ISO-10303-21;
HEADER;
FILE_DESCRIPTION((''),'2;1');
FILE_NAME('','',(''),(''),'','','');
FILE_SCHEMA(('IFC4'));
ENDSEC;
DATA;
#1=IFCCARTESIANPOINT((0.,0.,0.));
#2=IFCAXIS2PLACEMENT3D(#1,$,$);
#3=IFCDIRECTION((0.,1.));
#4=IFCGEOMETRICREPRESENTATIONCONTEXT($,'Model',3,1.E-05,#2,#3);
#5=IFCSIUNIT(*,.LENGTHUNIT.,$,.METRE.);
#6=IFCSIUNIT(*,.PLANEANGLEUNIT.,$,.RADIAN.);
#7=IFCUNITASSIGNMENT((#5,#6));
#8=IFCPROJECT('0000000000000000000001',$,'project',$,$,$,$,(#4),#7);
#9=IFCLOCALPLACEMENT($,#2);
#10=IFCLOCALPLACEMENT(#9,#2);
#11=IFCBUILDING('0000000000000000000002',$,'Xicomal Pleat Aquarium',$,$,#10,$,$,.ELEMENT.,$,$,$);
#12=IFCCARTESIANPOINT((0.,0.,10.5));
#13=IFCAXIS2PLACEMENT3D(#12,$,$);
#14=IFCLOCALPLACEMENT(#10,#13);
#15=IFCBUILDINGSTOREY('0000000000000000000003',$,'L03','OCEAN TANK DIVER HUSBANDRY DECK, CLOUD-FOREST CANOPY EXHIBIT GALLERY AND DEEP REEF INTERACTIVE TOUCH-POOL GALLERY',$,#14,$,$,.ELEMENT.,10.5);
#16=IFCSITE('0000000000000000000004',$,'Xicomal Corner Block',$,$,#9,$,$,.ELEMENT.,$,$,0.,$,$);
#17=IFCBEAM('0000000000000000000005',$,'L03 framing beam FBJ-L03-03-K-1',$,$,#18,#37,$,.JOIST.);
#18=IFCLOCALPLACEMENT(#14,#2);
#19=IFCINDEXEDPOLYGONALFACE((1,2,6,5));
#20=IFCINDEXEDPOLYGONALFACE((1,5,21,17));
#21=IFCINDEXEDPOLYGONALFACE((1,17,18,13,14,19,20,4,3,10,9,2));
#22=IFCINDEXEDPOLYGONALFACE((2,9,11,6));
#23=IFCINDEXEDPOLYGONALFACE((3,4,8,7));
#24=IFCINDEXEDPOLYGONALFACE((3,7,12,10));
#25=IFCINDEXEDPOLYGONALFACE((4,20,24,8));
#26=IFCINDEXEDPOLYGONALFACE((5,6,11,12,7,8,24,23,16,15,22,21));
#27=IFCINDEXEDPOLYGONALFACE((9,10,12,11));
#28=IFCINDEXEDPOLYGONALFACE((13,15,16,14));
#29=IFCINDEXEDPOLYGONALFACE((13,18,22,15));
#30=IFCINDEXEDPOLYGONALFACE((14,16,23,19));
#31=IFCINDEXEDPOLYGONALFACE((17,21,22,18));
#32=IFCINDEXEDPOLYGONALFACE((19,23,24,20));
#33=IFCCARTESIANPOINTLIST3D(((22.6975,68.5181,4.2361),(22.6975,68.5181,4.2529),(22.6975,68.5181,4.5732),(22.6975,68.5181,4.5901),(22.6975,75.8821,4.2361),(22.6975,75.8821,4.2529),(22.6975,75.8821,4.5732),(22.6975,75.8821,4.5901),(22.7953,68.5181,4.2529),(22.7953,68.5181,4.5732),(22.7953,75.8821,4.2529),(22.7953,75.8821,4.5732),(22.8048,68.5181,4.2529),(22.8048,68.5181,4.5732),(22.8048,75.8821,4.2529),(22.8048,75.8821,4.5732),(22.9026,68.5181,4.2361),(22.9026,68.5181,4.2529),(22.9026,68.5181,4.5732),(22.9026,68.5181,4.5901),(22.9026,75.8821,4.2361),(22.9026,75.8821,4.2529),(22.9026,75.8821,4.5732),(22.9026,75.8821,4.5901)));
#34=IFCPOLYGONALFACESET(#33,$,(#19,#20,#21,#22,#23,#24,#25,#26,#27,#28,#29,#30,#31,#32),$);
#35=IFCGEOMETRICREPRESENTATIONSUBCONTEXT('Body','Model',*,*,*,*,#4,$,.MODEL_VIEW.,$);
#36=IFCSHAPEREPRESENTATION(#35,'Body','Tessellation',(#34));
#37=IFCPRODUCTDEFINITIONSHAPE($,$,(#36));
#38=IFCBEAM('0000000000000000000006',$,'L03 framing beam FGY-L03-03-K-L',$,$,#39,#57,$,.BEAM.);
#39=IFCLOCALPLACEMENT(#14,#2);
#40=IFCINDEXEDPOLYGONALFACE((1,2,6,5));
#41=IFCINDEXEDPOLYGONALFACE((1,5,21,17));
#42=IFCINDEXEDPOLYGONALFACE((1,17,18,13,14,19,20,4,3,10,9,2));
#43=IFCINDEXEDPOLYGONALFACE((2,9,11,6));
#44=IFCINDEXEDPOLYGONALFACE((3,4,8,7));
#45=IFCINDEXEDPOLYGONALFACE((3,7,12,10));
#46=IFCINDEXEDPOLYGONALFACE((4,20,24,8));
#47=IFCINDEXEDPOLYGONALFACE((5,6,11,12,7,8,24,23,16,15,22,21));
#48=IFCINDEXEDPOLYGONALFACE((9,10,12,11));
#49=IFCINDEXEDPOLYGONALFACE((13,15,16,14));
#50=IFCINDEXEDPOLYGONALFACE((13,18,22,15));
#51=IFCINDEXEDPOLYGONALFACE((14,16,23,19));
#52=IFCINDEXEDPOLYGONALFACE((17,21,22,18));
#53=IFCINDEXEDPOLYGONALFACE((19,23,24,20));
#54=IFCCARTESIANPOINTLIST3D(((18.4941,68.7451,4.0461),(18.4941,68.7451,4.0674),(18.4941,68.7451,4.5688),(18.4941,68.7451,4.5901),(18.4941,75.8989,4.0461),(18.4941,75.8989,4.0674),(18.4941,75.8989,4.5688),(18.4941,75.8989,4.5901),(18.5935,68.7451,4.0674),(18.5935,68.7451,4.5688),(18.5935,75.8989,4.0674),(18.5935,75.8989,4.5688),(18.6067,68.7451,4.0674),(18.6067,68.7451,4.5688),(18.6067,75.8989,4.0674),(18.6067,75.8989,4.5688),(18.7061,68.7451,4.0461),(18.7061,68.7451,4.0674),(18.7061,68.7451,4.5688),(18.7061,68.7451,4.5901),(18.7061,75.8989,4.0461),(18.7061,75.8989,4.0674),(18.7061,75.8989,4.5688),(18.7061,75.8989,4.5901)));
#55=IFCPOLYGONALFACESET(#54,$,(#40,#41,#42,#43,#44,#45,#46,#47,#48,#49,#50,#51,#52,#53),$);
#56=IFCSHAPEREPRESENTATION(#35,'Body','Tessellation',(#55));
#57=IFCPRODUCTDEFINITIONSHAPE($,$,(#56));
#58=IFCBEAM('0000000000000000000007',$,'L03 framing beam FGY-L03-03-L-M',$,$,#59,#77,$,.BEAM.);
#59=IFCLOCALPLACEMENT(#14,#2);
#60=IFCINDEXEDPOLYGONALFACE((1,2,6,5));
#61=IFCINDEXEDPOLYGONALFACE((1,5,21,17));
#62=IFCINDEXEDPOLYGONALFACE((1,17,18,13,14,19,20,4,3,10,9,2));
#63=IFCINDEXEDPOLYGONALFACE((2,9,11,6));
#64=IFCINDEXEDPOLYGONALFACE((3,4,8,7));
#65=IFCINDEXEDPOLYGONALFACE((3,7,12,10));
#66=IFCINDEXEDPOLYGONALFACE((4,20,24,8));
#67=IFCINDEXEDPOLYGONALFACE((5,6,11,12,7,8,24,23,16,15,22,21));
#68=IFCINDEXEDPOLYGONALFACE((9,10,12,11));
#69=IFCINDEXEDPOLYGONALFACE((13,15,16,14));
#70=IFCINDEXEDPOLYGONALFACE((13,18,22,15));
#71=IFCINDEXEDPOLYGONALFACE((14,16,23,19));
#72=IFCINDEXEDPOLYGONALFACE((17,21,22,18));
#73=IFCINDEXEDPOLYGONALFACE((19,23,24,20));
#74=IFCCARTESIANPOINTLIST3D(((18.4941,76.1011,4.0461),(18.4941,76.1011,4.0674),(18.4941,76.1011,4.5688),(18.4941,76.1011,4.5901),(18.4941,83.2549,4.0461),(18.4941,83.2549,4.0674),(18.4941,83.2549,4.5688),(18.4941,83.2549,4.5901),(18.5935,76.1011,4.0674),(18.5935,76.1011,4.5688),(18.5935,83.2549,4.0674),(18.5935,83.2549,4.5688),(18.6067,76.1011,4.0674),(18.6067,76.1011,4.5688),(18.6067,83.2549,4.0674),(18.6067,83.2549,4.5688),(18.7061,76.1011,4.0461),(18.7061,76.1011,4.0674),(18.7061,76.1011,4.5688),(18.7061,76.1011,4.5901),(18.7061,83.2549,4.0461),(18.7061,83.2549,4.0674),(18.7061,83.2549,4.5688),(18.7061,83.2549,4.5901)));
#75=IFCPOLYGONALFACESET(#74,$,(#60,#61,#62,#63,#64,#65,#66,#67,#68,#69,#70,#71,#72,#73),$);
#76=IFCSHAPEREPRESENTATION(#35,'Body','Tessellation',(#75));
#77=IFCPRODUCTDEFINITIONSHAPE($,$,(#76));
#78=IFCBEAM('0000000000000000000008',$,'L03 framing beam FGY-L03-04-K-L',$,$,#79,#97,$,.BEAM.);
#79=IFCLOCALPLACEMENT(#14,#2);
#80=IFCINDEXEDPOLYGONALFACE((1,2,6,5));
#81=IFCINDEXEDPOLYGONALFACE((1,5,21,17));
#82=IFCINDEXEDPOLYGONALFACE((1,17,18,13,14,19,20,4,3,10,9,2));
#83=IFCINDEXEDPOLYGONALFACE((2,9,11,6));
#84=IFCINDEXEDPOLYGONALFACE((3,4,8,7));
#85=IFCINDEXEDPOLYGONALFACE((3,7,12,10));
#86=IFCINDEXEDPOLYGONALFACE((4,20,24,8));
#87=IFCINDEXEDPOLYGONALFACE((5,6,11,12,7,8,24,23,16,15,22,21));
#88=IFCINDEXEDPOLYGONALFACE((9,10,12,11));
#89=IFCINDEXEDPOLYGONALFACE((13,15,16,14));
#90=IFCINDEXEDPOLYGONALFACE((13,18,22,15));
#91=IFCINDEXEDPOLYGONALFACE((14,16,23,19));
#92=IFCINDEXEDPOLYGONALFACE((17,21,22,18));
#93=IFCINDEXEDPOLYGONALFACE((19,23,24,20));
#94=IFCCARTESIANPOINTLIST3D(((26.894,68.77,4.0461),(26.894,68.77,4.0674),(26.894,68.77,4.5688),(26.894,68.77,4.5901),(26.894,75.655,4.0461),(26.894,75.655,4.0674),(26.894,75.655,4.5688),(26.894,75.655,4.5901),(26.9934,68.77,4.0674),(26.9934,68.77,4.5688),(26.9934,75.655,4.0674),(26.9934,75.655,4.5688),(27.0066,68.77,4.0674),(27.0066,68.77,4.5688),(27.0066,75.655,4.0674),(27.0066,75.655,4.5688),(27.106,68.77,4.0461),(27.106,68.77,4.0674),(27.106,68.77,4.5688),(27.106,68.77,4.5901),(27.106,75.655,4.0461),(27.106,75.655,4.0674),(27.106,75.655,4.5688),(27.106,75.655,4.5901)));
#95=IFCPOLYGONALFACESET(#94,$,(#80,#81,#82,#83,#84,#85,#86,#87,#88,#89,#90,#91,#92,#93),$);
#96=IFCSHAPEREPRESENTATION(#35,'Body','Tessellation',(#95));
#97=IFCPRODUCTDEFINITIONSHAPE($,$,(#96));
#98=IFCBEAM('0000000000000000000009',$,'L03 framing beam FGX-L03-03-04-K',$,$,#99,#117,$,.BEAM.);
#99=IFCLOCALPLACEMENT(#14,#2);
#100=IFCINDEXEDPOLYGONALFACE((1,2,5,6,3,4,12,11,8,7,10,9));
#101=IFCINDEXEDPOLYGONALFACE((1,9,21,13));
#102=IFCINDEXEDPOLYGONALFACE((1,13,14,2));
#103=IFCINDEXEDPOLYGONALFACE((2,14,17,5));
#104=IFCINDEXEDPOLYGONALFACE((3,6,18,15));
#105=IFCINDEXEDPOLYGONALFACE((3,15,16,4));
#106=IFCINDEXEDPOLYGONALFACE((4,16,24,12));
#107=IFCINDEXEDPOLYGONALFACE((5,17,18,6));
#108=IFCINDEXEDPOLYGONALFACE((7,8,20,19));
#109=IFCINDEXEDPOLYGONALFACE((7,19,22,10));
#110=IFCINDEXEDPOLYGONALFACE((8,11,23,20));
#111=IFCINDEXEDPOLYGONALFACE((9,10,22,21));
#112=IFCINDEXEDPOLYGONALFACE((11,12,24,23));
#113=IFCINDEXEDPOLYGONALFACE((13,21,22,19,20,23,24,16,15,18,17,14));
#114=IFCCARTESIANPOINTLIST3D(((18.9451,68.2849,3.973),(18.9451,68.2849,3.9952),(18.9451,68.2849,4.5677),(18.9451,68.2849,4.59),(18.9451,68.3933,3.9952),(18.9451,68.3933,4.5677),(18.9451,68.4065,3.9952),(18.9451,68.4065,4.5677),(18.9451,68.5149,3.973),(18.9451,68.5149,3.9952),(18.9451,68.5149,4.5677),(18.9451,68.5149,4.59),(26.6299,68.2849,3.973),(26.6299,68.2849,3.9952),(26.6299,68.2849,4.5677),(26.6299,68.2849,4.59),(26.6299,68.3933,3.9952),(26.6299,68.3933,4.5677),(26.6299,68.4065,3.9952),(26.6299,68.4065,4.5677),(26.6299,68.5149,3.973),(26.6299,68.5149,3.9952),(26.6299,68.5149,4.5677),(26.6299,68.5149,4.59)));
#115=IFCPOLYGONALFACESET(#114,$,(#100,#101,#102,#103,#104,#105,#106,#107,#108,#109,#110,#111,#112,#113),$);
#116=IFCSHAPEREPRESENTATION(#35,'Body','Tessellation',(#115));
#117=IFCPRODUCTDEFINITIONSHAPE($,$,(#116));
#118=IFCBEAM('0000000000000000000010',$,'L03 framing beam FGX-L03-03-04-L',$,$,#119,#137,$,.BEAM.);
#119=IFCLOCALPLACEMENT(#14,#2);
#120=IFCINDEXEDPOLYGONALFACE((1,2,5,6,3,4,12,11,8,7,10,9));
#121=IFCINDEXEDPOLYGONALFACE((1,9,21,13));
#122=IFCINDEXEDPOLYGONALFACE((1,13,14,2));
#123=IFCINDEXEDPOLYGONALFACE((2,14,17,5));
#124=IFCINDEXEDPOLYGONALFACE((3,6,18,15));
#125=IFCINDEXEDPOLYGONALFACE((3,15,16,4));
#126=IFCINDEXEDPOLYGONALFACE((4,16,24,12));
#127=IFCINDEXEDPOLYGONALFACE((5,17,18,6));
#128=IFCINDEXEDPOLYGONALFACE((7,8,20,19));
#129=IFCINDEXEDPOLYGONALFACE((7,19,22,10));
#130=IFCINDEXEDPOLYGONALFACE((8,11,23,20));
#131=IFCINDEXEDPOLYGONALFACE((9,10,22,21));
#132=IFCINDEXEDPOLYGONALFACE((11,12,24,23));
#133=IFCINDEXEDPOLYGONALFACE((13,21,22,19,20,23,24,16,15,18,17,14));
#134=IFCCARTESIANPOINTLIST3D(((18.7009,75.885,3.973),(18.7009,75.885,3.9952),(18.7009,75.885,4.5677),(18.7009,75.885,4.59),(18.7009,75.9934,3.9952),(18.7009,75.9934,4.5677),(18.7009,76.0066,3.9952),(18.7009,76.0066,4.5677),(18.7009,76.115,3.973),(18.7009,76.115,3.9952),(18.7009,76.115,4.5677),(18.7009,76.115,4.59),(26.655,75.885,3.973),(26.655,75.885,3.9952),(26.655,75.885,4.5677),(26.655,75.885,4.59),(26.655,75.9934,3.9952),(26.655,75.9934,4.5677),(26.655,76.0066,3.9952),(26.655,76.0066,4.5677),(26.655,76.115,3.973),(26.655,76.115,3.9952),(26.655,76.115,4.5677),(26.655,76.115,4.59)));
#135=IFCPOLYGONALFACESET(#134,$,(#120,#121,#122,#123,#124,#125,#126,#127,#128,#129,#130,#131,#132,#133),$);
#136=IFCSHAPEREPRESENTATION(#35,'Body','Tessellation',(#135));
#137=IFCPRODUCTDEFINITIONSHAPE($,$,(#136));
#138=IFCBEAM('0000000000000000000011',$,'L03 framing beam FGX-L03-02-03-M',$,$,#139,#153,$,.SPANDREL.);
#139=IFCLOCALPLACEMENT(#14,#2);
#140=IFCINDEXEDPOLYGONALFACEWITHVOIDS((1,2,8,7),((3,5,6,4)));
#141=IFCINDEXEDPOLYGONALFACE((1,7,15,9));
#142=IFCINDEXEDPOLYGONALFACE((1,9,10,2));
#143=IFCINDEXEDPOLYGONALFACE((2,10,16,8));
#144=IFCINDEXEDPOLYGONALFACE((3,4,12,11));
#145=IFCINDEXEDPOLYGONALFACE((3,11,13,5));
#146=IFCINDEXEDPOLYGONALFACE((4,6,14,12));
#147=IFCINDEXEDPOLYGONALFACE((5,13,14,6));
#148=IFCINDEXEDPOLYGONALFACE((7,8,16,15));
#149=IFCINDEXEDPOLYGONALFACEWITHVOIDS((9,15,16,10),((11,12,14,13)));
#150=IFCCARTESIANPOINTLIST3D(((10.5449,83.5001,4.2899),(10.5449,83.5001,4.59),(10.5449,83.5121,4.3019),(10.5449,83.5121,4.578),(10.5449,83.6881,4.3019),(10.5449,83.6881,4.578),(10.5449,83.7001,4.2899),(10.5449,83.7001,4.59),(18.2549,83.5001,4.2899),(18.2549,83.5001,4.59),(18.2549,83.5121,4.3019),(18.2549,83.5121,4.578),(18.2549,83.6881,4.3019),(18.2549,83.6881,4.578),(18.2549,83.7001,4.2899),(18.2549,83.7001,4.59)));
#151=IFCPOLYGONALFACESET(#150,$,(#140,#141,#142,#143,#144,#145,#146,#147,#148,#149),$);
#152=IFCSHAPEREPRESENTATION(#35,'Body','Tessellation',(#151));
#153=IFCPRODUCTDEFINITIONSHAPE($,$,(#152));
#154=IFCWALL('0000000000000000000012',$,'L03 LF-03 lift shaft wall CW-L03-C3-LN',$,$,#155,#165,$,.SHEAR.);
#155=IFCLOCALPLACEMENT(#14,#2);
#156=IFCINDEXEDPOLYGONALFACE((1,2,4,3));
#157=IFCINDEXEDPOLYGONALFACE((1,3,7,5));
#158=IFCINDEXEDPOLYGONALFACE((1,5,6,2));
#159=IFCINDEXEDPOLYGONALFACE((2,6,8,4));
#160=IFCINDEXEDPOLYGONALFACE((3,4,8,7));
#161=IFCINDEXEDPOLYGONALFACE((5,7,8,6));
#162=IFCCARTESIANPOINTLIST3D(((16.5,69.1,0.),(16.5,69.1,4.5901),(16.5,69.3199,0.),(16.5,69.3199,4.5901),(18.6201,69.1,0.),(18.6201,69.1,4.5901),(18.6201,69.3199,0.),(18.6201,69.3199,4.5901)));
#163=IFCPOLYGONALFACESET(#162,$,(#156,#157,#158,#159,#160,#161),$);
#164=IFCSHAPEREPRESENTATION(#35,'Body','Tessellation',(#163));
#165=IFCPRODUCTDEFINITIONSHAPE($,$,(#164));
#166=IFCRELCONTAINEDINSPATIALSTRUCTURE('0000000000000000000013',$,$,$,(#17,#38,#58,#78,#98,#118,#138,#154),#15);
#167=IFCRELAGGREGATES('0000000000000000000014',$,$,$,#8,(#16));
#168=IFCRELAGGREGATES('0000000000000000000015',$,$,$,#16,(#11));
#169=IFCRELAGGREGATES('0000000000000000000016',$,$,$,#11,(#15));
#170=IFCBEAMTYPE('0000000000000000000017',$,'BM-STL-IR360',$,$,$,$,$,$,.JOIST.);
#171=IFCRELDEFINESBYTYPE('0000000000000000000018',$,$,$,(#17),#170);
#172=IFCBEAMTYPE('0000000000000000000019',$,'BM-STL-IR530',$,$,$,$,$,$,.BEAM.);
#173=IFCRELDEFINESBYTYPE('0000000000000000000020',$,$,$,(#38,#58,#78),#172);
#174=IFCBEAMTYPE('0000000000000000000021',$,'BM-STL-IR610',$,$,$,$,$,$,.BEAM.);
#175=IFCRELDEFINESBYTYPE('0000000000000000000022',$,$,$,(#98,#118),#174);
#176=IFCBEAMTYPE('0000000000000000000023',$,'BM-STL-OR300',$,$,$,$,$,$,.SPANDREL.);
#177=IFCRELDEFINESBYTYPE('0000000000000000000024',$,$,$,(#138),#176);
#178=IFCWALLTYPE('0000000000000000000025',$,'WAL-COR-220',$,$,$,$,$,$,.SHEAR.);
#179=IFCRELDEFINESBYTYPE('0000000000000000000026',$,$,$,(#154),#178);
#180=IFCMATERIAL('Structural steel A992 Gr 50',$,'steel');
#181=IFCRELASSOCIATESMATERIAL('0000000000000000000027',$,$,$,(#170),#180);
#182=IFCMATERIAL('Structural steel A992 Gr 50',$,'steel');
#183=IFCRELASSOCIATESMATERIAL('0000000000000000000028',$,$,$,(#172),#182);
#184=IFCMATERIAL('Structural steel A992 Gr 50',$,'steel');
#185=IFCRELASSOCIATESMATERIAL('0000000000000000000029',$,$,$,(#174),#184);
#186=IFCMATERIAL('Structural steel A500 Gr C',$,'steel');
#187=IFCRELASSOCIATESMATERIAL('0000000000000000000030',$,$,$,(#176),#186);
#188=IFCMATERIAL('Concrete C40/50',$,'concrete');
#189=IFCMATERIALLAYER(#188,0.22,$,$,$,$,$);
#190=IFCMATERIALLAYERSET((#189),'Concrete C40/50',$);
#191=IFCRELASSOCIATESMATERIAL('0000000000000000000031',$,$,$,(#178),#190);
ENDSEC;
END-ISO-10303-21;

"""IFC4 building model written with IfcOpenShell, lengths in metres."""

from ifc_helpers import new_model, si_unit, direction, frame, frame_2d, origin, origin_2d, place, context, subcontext, project, spatial, rectangle, hollow_rectangle, i_section, extrude, material, layer, layer_set, material_profile, profile_set, type_object, element, save


model = new_model("IFC4")

# Units and contexts
model_context = context("Model", 3, precision=1e-05, world=origin(), true_north=direction((0.0, 1.0)))
body_context = subcontext(model_context, "Body", "Model", "MODEL_VIEW")
ifc_project = project(units=[si_unit("LENGTHUNIT", "METRE"), si_unit("PLANEANGLEUNIT", "RADIAN")], contexts=[model_context])

# Site, building, storey
site_placement = place(None, origin())
site = spatial("IfcSite", under=ifc_project, at=site_placement, Name="Xicomal Corner Block", CompositionType="ELEMENT", RefElevation=0.0)
building_placement = place(site_placement, origin())
building = spatial("IfcBuilding", under=site, at=building_placement, Name="Xicomal Pleat Aquarium", CompositionType="ELEMENT")
storey_placement = place(building_placement, frame((0.0, 0.0, 10.5)))
storey = spatial("IfcBuildingStorey", under=building, at=storey_placement, Name="L03", Description="OCEAN TANK DIVER HUSBANDRY DECK, CLOUD-FOREST CANOPY EXHIBIT GALLERY AND DEEP REEF INTERACTIVE TOUCH-POOL GALLERY", CompositionType="ELEMENT", Elevation=10.5)

# Beams
ifc_material_1 = material(Name="Structural steel A992 Gr 50", Category="steel")
ifc_material_profile_1 = material_profile(ifc_material_1, i_section(OverallWidth=0.2051, OverallDepth=0.354, WebThickness=0.0095, FlangeThickness=0.0168, at=origin_2d()), Name="IR 360x79")
ifc_profile_set_1 = profile_set([ifc_material_profile_1], Name="Structural steel A992 Gr 50")
beam_type_1 = type_object("IfcBeamType", Name="BM-STL-IR360", PredefinedType="JOIST", material=ifc_profile_set_1)
beam_1_placement = place(storey_placement, frame((22.8, 68.5181, 4.4131), z_axis=(0.0, 1.0, 0.0), x_axis=(-1.0, 0.0, 0.0)))
element("IfcBeam", 1, at=beam_1_placement, inside=storey, type_object=beam_type_1, Name="L03 framing beam FBJ-L03-03-K-1", PredefinedType="JOIST", context=body_context, shape_type="SweptSolid", body=[
    extrude(i_section(OverallWidth=0.2051, OverallDepth=0.354, WebThickness=0.0095, FlangeThickness=0.0168, at=origin_2d()), origin(), (0.0, 0.0, 1.0), 7.364),
])
ifc_material_2 = material(Name="Structural steel A992 Gr 50", Category="steel")
ifc_material_profile_2 = material_profile(ifc_material_2, i_section(OverallWidth=0.2119, OverallDepth=0.5439, WebThickness=0.0132, FlangeThickness=0.0212, at=origin_2d()), Name="IR 530x123")
ifc_profile_set_2 = profile_set([ifc_material_profile_2], Name="Structural steel A992 Gr 50")
beam_type_2 = type_object("IfcBeamType", Name="BM-STL-IR530", PredefinedType="BEAM", material=ifc_profile_set_2)
for number, where, z_axis, x_axis, name in (
    (2, (18.6001, 68.7451, 4.3181), (0.0, 1.0, 0.0), (-1.0, 0.0, 0.0), "L03 framing beam FGY-L03-03-K-L"),
    (3, (18.6001, 76.1011, 4.3181), (0.0, 1.0, 0.0), (-1.0, 0.0, 0.0), "L03 framing beam FGY-L03-03-L-M"),
):
    element("IfcBeam", number, at=place(storey_placement, frame(where, z_axis=z_axis, x_axis=x_axis)), inside=storey, type_object=beam_type_2, Name=name, PredefinedType="BEAM", context=body_context, shape_type="SweptSolid", body=[
        extrude(i_section(OverallWidth=0.2119, OverallDepth=0.5439, WebThickness=0.0132, FlangeThickness=0.0212, at=origin_2d()), origin(), (0.0, 0.0, 1.0), 7.1538),
    ])
beam_2_placement = place(storey_placement, frame((27.0, 68.77, 4.3181), z_axis=(0.0, 1.0, 0.0), x_axis=(-1.0, 0.0, 0.0)))
element("IfcBeam", 4, at=beam_2_placement, inside=storey, type_object=beam_type_2, Name="L03 framing beam FGY-L03-04-K-L", PredefinedType="BEAM", context=body_context, shape_type="SweptSolid", body=[
    extrude(i_section(OverallWidth=0.2119, OverallDepth=0.5439, WebThickness=0.0132, FlangeThickness=0.0212, at=origin_2d()), origin(), (0.0, 0.0, 1.0), 6.885),
])
ifc_material_3 = material(Name="Structural steel A992 Gr 50", Category="steel")
ifc_material_profile_3 = material_profile(ifc_material_3, i_section(OverallWidth=0.23, OverallDepth=0.6169, WebThickness=0.0132, FlangeThickness=0.0222, at=origin_2d()), Name="IR 610x140")
ifc_profile_set_3 = profile_set([ifc_material_profile_3], Name="Structural steel A992 Gr 50")
beam_type_3 = type_object("IfcBeamType", Name="BM-STL-IR610", PredefinedType="BEAM", material=ifc_profile_set_3)
beam_3_placement = place(storey_placement, frame((18.9451, 68.3999, 4.2815), z_axis=(1.0, 0.0, 0.0), x_axis=(0.0, 1.0, 0.0)))
element("IfcBeam", 5, at=beam_3_placement, inside=storey, type_object=beam_type_3, Name="L03 framing beam FGX-L03-03-04-K", PredefinedType="BEAM", context=body_context, shape_type="SweptSolid", body=[
    extrude(i_section(OverallWidth=0.23, OverallDepth=0.6169, WebThickness=0.0132, FlangeThickness=0.0222, at=origin_2d()), origin(), (0.0, 0.0, 1.0), 7.6848),
])
beam_4_placement = place(storey_placement, frame((18.7009, 76.0, 4.2815), z_axis=(1.0, 0.0, 0.0), x_axis=(0.0, 1.0, 0.0)))
element("IfcBeam", 6, at=beam_4_placement, inside=storey, type_object=beam_type_3, Name="L03 framing beam FGX-L03-03-04-L", PredefinedType="BEAM", context=body_context, shape_type="SweptSolid", body=[
    extrude(i_section(OverallWidth=0.23, OverallDepth=0.6169, WebThickness=0.0132, FlangeThickness=0.0222, at=origin_2d()), origin(), (0.0, 0.0, 1.0), 7.9541),
])
ifc_material_4 = material(Name="Structural steel A500 Gr C", Category="steel")
ifc_material_profile_4 = material_profile(ifc_material_4, hollow_rectangle(XDim=0.2, YDim=0.3, WallThickness=0.012, at=origin_2d()), Name="OR 300x200x12")
ifc_profile_set_4 = profile_set([ifc_material_profile_4], Name="Structural steel A500 Gr C")
beam_type_4 = type_object("IfcBeamType", Name="BM-STL-OR300", PredefinedType="SPANDREL", material=ifc_profile_set_4)
beam_5_placement = place(storey_placement, frame((10.5449, 83.6001, 4.4399), z_axis=(1.0, 0.0, 0.0), x_axis=(0.0, 1.0, 0.0)))
element("IfcBeam", 7, at=beam_5_placement, inside=storey, type_object=beam_type_4, Name="L03 framing beam FGX-L03-02-03-M", PredefinedType="SPANDREL", context=body_context, shape_type="SweptSolid", body=[
    extrude(hollow_rectangle(XDim=0.2, YDim=0.3, WallThickness=0.012, at=origin_2d()), origin(), (0.0, 0.0, 1.0), 7.71),
])

# Wall
ifc_material_5 = material(Name="Concrete C40/50", Category="concrete")
ifc_layer_1 = layer(ifc_material_5, 0.22)
ifc_layer_set_1 = layer_set([ifc_layer_1], Name="Concrete C40/50")
wall_type_1 = type_object("IfcWallType", Name="WAL-COR-220", PredefinedType="SHEAR", material=ifc_layer_set_1)
wall_1_placement = place(storey_placement, frame((16.5, 69.21, 0.0), z_axis=(0.0, 0.0, 1.0), x_axis=(1.0, 0.0, 0.0)))
element("IfcWall", 8, at=wall_1_placement, inside=storey, type_object=wall_type_1, Name="L03 LF-03 lift shaft wall CW-L03-C3-LN", PredefinedType="SHEAR", context=body_context, shape_type="SweptSolid", body=[
    extrude(rectangle(XDim=2.1201, YDim=0.22, at=frame_2d((1.0601, 0.0))), origin(), (0.0, 0.0, 1.0), 4.5901),
])

save(model, "model.ifc")
